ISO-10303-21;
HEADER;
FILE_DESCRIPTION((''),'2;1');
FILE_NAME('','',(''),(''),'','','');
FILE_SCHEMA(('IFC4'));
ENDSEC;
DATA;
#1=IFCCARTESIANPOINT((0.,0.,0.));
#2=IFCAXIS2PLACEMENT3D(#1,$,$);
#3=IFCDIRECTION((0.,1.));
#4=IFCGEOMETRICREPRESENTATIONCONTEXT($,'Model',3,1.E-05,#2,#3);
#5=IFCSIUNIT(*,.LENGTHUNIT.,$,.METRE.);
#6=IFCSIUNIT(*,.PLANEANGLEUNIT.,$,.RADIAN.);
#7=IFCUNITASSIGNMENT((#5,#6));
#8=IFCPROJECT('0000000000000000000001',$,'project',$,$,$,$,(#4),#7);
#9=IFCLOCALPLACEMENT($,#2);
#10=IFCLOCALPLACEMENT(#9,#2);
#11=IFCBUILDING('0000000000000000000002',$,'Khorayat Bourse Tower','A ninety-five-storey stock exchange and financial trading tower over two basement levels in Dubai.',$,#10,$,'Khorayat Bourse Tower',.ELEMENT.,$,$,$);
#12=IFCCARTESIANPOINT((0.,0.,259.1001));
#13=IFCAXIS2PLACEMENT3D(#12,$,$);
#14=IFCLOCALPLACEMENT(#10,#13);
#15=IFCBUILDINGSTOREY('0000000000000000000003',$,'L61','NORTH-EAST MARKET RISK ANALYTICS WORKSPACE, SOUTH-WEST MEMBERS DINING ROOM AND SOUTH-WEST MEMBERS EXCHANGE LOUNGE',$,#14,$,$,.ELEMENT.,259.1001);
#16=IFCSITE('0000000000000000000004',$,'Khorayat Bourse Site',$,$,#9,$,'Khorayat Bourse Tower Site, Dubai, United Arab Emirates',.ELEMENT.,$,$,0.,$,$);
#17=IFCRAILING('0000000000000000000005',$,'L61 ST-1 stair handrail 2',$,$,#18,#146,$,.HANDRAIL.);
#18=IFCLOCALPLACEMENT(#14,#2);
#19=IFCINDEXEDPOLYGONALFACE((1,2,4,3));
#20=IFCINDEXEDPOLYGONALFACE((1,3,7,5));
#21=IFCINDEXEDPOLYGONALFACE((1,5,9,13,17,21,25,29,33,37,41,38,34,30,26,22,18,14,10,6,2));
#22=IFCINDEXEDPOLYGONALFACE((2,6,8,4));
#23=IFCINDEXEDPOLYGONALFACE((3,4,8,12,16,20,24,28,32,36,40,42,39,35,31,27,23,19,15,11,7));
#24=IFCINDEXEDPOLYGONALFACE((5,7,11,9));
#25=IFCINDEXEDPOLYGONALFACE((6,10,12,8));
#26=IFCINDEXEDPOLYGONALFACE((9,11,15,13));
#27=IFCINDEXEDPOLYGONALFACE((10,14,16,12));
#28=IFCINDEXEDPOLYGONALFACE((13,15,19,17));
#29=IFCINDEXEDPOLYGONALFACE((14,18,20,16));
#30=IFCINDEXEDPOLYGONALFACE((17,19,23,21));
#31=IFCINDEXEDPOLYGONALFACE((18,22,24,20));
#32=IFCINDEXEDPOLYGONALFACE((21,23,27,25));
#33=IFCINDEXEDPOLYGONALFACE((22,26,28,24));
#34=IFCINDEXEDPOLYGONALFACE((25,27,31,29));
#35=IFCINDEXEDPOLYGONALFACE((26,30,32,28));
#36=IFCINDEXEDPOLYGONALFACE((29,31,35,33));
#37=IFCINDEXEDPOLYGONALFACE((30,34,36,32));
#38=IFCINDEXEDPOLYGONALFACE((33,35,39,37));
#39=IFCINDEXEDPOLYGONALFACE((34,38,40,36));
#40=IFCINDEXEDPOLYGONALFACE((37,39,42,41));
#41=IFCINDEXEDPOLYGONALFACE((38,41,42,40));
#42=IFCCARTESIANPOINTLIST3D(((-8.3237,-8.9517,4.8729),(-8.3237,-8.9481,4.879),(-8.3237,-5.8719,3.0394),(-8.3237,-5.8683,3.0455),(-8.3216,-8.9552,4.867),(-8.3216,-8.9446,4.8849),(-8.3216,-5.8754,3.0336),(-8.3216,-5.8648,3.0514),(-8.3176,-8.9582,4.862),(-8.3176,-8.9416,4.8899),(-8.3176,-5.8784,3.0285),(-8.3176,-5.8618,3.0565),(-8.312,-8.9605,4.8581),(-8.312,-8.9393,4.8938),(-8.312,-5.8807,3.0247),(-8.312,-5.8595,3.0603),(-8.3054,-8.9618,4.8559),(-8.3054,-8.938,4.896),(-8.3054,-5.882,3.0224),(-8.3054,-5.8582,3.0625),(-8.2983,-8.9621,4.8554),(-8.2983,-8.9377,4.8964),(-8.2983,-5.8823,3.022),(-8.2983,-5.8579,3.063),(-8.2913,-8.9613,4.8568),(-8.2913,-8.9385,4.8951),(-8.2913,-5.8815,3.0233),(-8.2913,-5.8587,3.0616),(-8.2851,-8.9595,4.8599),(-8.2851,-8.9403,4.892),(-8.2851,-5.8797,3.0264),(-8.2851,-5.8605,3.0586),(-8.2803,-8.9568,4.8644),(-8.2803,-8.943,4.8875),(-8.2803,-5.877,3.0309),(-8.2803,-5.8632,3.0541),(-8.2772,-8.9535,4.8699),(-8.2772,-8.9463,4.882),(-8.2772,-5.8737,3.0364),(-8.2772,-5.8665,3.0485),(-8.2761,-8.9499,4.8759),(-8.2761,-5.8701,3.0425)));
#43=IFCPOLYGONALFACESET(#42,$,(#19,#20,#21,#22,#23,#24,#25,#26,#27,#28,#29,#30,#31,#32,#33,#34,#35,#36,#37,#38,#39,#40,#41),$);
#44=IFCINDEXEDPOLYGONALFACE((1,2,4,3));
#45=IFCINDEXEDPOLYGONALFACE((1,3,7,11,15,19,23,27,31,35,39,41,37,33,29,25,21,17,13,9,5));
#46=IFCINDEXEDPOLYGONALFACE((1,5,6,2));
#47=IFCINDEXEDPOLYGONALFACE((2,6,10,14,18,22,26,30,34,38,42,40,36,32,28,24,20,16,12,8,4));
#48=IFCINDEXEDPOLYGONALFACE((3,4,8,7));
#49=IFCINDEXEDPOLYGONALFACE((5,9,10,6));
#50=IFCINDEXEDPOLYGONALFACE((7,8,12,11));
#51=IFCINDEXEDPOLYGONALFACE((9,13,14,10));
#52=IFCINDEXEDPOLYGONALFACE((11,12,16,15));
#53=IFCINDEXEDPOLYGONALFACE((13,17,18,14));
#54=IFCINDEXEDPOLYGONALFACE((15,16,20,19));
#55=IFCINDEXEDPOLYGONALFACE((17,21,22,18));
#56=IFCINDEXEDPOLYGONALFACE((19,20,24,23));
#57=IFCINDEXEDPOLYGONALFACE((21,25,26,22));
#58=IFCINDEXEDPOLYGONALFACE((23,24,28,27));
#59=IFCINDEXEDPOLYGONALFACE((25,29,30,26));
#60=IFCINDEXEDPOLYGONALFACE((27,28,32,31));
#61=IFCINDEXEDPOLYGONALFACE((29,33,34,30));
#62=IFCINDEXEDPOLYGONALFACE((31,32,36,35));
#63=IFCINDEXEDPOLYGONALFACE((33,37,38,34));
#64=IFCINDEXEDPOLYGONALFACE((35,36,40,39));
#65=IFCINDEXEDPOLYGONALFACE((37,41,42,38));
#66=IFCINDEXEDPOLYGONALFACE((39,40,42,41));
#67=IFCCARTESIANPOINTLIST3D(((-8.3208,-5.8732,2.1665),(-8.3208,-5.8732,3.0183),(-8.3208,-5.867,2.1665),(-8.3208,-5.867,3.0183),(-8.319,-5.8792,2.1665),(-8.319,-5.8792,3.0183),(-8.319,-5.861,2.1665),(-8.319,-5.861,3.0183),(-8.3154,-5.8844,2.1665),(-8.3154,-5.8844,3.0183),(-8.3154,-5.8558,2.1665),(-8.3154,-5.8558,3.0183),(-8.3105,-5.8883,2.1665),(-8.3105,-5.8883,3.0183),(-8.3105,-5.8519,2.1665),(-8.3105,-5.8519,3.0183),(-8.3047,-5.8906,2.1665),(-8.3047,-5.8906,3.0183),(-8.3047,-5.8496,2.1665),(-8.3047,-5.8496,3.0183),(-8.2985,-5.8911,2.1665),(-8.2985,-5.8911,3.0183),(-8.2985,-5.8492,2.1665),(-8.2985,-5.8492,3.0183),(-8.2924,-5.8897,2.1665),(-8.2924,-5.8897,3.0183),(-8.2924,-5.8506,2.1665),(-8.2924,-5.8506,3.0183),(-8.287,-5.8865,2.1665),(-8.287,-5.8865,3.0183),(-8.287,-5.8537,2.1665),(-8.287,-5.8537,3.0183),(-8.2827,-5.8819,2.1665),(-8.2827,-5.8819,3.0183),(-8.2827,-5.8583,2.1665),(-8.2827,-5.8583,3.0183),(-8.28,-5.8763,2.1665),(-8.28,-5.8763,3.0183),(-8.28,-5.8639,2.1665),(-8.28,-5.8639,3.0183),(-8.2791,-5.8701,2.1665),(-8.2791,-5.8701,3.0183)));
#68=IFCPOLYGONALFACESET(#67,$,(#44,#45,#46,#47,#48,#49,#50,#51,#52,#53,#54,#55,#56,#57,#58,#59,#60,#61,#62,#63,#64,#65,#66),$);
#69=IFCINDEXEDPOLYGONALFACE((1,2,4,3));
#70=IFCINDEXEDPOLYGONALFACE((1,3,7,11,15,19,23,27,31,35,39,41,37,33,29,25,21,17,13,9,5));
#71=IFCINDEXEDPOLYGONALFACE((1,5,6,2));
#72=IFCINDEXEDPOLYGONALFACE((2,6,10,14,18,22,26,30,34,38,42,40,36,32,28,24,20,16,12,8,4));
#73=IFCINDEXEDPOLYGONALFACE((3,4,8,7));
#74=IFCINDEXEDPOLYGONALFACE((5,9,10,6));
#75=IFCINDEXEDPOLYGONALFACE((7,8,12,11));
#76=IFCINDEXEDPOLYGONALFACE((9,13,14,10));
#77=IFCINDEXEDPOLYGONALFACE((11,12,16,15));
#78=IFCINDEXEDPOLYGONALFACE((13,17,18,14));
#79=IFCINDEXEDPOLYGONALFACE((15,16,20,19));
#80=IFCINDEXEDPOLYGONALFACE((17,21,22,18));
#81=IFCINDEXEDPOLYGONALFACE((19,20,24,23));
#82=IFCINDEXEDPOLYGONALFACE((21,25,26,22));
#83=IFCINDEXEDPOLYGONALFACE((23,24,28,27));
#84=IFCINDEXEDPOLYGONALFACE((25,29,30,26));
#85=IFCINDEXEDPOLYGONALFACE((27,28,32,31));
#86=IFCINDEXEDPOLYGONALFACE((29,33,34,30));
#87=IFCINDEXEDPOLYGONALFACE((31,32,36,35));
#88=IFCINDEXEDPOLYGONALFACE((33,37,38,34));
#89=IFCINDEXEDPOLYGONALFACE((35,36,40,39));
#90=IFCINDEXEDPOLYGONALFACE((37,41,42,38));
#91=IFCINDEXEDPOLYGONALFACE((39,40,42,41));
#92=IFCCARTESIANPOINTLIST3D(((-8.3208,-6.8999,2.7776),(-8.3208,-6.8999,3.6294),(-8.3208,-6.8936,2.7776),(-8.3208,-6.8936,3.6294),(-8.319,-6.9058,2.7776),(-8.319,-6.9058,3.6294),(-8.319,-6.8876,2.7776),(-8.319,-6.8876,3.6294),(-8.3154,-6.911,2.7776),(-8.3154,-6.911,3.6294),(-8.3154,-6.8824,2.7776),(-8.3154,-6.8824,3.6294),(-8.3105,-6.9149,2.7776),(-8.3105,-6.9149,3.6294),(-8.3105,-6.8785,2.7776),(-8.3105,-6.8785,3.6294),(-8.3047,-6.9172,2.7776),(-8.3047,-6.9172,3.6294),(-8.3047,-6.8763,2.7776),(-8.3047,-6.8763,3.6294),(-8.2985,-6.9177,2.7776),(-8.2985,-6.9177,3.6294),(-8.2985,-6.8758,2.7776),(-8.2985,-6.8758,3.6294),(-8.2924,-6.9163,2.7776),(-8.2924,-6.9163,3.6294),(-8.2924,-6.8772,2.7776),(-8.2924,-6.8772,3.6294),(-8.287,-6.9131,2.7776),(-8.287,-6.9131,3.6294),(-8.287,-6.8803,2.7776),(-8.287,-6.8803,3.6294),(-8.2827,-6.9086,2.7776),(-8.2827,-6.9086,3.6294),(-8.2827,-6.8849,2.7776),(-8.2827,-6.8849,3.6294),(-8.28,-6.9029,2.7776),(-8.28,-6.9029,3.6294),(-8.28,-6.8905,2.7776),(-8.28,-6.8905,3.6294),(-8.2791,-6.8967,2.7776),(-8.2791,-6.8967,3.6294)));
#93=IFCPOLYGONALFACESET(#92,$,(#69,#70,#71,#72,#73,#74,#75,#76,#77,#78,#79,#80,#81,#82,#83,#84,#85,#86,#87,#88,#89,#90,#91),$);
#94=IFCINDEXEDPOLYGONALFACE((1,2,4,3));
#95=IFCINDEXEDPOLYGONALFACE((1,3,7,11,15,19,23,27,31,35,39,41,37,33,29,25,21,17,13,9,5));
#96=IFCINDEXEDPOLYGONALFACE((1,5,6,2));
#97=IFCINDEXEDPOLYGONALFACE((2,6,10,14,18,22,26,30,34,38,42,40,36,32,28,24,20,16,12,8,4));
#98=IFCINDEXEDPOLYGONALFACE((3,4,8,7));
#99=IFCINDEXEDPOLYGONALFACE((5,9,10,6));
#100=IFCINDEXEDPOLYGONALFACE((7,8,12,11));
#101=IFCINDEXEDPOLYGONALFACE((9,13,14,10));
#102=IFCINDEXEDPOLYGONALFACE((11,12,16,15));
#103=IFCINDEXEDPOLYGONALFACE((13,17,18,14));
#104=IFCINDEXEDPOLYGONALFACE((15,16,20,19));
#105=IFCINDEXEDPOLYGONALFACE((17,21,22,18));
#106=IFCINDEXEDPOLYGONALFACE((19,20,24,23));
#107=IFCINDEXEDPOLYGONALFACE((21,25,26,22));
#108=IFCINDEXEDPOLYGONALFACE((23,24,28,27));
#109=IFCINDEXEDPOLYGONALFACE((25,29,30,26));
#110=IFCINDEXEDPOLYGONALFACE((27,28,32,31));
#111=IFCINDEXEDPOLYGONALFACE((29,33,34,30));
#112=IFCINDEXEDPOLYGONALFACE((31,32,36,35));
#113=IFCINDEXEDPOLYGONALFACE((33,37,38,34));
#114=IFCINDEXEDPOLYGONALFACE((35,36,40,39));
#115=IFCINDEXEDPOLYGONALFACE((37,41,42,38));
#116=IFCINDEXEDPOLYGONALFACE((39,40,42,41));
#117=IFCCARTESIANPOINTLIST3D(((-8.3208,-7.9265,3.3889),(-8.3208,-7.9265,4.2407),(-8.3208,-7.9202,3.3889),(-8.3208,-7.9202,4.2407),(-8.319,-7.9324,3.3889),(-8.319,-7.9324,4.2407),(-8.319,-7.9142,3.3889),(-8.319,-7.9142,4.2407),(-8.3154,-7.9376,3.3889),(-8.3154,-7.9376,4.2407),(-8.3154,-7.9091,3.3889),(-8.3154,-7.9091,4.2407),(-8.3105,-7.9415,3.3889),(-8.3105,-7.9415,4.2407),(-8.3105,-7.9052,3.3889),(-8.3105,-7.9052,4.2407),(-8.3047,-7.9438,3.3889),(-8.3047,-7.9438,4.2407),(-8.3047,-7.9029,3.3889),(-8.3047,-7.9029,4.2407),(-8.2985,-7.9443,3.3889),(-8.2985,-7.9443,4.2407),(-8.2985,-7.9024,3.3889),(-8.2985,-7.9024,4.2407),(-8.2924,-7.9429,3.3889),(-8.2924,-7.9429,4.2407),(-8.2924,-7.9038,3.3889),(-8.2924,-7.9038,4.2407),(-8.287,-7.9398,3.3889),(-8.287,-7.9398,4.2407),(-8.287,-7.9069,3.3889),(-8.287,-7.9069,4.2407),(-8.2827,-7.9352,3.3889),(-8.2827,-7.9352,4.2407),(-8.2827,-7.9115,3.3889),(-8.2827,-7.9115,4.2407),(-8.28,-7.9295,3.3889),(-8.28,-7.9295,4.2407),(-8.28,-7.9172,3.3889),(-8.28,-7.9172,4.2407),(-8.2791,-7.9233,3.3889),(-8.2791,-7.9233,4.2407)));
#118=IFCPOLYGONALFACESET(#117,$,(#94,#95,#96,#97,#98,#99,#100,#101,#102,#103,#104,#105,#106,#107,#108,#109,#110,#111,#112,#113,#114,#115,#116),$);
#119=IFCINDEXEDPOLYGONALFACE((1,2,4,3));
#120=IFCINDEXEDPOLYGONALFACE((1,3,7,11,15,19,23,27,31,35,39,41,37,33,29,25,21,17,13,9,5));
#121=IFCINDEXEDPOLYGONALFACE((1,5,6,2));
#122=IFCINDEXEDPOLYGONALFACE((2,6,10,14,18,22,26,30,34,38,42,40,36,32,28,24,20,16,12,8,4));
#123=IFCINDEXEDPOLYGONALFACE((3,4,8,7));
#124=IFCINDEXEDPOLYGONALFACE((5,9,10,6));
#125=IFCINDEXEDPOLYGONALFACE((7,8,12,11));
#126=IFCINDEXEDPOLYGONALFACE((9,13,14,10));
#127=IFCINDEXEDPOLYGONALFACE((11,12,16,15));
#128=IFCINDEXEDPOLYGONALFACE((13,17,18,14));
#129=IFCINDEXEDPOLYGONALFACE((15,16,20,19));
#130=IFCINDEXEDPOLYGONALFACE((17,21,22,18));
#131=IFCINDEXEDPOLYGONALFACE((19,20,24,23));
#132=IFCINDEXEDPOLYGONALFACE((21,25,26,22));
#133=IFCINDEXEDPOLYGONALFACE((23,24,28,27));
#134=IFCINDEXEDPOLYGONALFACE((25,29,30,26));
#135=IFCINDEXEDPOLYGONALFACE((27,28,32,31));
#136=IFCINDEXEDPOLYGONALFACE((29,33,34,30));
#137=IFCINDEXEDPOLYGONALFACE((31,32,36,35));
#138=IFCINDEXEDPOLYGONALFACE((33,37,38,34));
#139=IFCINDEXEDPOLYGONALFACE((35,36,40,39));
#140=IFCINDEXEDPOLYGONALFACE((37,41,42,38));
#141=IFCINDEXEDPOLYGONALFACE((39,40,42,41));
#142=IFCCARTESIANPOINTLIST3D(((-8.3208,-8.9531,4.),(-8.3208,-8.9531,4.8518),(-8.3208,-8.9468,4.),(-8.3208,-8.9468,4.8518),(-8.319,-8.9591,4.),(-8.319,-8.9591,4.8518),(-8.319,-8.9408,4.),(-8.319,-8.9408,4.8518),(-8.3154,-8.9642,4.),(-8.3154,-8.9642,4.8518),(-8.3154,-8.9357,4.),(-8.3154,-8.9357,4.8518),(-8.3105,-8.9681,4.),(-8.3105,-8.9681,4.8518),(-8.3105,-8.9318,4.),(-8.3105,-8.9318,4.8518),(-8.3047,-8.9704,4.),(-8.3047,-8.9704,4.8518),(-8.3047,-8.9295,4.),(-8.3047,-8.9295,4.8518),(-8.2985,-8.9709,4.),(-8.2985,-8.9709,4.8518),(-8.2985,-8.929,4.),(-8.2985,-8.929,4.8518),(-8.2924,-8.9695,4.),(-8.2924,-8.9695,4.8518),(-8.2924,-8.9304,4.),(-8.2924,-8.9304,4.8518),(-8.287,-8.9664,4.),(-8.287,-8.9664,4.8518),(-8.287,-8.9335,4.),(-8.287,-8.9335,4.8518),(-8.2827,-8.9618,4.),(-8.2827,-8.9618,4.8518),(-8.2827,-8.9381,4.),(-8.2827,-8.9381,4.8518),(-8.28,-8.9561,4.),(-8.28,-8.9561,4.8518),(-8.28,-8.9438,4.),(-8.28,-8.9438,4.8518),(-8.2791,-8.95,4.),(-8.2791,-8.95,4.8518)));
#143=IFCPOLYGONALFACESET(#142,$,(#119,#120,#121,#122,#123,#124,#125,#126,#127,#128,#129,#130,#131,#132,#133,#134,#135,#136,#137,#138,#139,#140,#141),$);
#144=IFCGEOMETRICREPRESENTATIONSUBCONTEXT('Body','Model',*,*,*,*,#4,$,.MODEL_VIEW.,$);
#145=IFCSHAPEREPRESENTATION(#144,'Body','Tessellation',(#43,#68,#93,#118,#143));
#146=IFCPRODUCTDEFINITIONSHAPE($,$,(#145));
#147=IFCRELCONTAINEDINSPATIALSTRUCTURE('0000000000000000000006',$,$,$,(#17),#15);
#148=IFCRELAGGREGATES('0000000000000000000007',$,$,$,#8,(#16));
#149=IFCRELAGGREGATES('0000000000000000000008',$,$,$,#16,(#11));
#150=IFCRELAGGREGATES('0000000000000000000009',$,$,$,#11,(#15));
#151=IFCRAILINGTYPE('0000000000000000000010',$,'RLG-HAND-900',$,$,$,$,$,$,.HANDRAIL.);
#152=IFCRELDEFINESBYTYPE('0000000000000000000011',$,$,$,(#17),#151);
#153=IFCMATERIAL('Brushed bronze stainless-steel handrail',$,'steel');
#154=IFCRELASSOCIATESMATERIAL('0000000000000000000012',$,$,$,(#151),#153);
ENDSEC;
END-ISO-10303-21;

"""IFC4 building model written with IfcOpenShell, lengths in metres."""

from ifc_helpers import new_model, si_unit, direction, frame, origin, origin_2d, place, context, subcontext, project, spatial, circle, extrude, source, transform, mapped, material, type_object, element, save


model = new_model("IFC4")

# Units and contexts
model_context = context("Model", 3, precision=1e-05, world=origin(), true_north=direction((0.0, 1.0)))
body_context = subcontext(model_context, "Body", "Model", "MODEL_VIEW")
ifc_project = project(units=[si_unit("LENGTHUNIT", "METRE"), si_unit("PLANEANGLEUNIT", "RADIAN")], contexts=[model_context])

# Site, building, storey
site_placement = place(None, origin())
site = spatial("IfcSite", under=ifc_project, at=site_placement, Name="Khorayat Bourse Site", LongName="Khorayat Bourse Tower Site, Dubai, United Arab Emirates", CompositionType="ELEMENT", RefElevation=0.0)
building_placement = place(site_placement, origin())
building = spatial("IfcBuilding", under=site, at=building_placement, Name="Khorayat Bourse Tower", Description="A ninety-five-storey stock exchange and financial trading tower over two basement levels in Dubai.", LongName="Khorayat Bourse Tower", CompositionType="ELEMENT")
storey_placement = place(building_placement, frame((0.0, 0.0, 259.1001)))
storey = spatial("IfcBuildingStorey", under=building, at=storey_placement, Name="L61", Description="NORTH-EAST MARKET RISK ANALYTICS WORKSPACE, SOUTH-WEST MEMBERS DINING ROOM AND SOUTH-WEST MEMBERS EXCHANGE LOUNGE", CompositionType="ELEMENT", Elevation=259.1001)

# Railing
ifc_material_1 = material(Name="Brushed bronze stainless-steel handrail", Category="steel")
railing_type_1 = type_object("IfcRailingType", Name="RLG-HAND-900", PredefinedType="HANDRAIL", material=ifc_material_1)
shared_shape_1 = source(origin(), body_context, "Body", "SweptSolid", [
    extrude(circle(Radius=0.0239, at=origin_2d()), frame((0.0, 0.0, 0.876), z_axis=(0.0, -0.859261, 0.511538), x_axis=(1.0, 0.0, 0.0)), (0.0, 0.0, 1.0), 3.5842),
    extrude(circle(Radius=0.021, at=origin_2d()), origin(), (0.0, 0.0, 1.0), 0.8518),
    extrude(circle(Radius=0.021, at=origin_2d()), frame((0.0, -1.0266, 0.6111)), (0.0, 0.0, 1.0), 0.8518),
    extrude(circle(Radius=0.021, at=origin_2d()), frame((0.0, -2.0532, 1.2224)), (0.0, 0.0, 1.0), 0.8518),
    extrude(circle(Radius=0.021, at=origin_2d()), frame((0.0, -3.0798, 1.8335)), (0.0, 0.0, 1.0), 0.8518),
])
railing_1_placement = place(storey_placement, frame((-8.3, -5.8701, 2.1665)))
element("IfcRailing", 1, at=railing_1_placement, inside=storey, type_object=railing_type_1, Name="L61 ST-1 stair handrail 2", PredefinedType="HANDRAIL", context=body_context, shape_type="MappedRepresentation", body=[
    mapped(shared_shape_1, transform((0.0, 0.0, 0.0), scale=1.0)),
])

save(model, "model.ifc")
